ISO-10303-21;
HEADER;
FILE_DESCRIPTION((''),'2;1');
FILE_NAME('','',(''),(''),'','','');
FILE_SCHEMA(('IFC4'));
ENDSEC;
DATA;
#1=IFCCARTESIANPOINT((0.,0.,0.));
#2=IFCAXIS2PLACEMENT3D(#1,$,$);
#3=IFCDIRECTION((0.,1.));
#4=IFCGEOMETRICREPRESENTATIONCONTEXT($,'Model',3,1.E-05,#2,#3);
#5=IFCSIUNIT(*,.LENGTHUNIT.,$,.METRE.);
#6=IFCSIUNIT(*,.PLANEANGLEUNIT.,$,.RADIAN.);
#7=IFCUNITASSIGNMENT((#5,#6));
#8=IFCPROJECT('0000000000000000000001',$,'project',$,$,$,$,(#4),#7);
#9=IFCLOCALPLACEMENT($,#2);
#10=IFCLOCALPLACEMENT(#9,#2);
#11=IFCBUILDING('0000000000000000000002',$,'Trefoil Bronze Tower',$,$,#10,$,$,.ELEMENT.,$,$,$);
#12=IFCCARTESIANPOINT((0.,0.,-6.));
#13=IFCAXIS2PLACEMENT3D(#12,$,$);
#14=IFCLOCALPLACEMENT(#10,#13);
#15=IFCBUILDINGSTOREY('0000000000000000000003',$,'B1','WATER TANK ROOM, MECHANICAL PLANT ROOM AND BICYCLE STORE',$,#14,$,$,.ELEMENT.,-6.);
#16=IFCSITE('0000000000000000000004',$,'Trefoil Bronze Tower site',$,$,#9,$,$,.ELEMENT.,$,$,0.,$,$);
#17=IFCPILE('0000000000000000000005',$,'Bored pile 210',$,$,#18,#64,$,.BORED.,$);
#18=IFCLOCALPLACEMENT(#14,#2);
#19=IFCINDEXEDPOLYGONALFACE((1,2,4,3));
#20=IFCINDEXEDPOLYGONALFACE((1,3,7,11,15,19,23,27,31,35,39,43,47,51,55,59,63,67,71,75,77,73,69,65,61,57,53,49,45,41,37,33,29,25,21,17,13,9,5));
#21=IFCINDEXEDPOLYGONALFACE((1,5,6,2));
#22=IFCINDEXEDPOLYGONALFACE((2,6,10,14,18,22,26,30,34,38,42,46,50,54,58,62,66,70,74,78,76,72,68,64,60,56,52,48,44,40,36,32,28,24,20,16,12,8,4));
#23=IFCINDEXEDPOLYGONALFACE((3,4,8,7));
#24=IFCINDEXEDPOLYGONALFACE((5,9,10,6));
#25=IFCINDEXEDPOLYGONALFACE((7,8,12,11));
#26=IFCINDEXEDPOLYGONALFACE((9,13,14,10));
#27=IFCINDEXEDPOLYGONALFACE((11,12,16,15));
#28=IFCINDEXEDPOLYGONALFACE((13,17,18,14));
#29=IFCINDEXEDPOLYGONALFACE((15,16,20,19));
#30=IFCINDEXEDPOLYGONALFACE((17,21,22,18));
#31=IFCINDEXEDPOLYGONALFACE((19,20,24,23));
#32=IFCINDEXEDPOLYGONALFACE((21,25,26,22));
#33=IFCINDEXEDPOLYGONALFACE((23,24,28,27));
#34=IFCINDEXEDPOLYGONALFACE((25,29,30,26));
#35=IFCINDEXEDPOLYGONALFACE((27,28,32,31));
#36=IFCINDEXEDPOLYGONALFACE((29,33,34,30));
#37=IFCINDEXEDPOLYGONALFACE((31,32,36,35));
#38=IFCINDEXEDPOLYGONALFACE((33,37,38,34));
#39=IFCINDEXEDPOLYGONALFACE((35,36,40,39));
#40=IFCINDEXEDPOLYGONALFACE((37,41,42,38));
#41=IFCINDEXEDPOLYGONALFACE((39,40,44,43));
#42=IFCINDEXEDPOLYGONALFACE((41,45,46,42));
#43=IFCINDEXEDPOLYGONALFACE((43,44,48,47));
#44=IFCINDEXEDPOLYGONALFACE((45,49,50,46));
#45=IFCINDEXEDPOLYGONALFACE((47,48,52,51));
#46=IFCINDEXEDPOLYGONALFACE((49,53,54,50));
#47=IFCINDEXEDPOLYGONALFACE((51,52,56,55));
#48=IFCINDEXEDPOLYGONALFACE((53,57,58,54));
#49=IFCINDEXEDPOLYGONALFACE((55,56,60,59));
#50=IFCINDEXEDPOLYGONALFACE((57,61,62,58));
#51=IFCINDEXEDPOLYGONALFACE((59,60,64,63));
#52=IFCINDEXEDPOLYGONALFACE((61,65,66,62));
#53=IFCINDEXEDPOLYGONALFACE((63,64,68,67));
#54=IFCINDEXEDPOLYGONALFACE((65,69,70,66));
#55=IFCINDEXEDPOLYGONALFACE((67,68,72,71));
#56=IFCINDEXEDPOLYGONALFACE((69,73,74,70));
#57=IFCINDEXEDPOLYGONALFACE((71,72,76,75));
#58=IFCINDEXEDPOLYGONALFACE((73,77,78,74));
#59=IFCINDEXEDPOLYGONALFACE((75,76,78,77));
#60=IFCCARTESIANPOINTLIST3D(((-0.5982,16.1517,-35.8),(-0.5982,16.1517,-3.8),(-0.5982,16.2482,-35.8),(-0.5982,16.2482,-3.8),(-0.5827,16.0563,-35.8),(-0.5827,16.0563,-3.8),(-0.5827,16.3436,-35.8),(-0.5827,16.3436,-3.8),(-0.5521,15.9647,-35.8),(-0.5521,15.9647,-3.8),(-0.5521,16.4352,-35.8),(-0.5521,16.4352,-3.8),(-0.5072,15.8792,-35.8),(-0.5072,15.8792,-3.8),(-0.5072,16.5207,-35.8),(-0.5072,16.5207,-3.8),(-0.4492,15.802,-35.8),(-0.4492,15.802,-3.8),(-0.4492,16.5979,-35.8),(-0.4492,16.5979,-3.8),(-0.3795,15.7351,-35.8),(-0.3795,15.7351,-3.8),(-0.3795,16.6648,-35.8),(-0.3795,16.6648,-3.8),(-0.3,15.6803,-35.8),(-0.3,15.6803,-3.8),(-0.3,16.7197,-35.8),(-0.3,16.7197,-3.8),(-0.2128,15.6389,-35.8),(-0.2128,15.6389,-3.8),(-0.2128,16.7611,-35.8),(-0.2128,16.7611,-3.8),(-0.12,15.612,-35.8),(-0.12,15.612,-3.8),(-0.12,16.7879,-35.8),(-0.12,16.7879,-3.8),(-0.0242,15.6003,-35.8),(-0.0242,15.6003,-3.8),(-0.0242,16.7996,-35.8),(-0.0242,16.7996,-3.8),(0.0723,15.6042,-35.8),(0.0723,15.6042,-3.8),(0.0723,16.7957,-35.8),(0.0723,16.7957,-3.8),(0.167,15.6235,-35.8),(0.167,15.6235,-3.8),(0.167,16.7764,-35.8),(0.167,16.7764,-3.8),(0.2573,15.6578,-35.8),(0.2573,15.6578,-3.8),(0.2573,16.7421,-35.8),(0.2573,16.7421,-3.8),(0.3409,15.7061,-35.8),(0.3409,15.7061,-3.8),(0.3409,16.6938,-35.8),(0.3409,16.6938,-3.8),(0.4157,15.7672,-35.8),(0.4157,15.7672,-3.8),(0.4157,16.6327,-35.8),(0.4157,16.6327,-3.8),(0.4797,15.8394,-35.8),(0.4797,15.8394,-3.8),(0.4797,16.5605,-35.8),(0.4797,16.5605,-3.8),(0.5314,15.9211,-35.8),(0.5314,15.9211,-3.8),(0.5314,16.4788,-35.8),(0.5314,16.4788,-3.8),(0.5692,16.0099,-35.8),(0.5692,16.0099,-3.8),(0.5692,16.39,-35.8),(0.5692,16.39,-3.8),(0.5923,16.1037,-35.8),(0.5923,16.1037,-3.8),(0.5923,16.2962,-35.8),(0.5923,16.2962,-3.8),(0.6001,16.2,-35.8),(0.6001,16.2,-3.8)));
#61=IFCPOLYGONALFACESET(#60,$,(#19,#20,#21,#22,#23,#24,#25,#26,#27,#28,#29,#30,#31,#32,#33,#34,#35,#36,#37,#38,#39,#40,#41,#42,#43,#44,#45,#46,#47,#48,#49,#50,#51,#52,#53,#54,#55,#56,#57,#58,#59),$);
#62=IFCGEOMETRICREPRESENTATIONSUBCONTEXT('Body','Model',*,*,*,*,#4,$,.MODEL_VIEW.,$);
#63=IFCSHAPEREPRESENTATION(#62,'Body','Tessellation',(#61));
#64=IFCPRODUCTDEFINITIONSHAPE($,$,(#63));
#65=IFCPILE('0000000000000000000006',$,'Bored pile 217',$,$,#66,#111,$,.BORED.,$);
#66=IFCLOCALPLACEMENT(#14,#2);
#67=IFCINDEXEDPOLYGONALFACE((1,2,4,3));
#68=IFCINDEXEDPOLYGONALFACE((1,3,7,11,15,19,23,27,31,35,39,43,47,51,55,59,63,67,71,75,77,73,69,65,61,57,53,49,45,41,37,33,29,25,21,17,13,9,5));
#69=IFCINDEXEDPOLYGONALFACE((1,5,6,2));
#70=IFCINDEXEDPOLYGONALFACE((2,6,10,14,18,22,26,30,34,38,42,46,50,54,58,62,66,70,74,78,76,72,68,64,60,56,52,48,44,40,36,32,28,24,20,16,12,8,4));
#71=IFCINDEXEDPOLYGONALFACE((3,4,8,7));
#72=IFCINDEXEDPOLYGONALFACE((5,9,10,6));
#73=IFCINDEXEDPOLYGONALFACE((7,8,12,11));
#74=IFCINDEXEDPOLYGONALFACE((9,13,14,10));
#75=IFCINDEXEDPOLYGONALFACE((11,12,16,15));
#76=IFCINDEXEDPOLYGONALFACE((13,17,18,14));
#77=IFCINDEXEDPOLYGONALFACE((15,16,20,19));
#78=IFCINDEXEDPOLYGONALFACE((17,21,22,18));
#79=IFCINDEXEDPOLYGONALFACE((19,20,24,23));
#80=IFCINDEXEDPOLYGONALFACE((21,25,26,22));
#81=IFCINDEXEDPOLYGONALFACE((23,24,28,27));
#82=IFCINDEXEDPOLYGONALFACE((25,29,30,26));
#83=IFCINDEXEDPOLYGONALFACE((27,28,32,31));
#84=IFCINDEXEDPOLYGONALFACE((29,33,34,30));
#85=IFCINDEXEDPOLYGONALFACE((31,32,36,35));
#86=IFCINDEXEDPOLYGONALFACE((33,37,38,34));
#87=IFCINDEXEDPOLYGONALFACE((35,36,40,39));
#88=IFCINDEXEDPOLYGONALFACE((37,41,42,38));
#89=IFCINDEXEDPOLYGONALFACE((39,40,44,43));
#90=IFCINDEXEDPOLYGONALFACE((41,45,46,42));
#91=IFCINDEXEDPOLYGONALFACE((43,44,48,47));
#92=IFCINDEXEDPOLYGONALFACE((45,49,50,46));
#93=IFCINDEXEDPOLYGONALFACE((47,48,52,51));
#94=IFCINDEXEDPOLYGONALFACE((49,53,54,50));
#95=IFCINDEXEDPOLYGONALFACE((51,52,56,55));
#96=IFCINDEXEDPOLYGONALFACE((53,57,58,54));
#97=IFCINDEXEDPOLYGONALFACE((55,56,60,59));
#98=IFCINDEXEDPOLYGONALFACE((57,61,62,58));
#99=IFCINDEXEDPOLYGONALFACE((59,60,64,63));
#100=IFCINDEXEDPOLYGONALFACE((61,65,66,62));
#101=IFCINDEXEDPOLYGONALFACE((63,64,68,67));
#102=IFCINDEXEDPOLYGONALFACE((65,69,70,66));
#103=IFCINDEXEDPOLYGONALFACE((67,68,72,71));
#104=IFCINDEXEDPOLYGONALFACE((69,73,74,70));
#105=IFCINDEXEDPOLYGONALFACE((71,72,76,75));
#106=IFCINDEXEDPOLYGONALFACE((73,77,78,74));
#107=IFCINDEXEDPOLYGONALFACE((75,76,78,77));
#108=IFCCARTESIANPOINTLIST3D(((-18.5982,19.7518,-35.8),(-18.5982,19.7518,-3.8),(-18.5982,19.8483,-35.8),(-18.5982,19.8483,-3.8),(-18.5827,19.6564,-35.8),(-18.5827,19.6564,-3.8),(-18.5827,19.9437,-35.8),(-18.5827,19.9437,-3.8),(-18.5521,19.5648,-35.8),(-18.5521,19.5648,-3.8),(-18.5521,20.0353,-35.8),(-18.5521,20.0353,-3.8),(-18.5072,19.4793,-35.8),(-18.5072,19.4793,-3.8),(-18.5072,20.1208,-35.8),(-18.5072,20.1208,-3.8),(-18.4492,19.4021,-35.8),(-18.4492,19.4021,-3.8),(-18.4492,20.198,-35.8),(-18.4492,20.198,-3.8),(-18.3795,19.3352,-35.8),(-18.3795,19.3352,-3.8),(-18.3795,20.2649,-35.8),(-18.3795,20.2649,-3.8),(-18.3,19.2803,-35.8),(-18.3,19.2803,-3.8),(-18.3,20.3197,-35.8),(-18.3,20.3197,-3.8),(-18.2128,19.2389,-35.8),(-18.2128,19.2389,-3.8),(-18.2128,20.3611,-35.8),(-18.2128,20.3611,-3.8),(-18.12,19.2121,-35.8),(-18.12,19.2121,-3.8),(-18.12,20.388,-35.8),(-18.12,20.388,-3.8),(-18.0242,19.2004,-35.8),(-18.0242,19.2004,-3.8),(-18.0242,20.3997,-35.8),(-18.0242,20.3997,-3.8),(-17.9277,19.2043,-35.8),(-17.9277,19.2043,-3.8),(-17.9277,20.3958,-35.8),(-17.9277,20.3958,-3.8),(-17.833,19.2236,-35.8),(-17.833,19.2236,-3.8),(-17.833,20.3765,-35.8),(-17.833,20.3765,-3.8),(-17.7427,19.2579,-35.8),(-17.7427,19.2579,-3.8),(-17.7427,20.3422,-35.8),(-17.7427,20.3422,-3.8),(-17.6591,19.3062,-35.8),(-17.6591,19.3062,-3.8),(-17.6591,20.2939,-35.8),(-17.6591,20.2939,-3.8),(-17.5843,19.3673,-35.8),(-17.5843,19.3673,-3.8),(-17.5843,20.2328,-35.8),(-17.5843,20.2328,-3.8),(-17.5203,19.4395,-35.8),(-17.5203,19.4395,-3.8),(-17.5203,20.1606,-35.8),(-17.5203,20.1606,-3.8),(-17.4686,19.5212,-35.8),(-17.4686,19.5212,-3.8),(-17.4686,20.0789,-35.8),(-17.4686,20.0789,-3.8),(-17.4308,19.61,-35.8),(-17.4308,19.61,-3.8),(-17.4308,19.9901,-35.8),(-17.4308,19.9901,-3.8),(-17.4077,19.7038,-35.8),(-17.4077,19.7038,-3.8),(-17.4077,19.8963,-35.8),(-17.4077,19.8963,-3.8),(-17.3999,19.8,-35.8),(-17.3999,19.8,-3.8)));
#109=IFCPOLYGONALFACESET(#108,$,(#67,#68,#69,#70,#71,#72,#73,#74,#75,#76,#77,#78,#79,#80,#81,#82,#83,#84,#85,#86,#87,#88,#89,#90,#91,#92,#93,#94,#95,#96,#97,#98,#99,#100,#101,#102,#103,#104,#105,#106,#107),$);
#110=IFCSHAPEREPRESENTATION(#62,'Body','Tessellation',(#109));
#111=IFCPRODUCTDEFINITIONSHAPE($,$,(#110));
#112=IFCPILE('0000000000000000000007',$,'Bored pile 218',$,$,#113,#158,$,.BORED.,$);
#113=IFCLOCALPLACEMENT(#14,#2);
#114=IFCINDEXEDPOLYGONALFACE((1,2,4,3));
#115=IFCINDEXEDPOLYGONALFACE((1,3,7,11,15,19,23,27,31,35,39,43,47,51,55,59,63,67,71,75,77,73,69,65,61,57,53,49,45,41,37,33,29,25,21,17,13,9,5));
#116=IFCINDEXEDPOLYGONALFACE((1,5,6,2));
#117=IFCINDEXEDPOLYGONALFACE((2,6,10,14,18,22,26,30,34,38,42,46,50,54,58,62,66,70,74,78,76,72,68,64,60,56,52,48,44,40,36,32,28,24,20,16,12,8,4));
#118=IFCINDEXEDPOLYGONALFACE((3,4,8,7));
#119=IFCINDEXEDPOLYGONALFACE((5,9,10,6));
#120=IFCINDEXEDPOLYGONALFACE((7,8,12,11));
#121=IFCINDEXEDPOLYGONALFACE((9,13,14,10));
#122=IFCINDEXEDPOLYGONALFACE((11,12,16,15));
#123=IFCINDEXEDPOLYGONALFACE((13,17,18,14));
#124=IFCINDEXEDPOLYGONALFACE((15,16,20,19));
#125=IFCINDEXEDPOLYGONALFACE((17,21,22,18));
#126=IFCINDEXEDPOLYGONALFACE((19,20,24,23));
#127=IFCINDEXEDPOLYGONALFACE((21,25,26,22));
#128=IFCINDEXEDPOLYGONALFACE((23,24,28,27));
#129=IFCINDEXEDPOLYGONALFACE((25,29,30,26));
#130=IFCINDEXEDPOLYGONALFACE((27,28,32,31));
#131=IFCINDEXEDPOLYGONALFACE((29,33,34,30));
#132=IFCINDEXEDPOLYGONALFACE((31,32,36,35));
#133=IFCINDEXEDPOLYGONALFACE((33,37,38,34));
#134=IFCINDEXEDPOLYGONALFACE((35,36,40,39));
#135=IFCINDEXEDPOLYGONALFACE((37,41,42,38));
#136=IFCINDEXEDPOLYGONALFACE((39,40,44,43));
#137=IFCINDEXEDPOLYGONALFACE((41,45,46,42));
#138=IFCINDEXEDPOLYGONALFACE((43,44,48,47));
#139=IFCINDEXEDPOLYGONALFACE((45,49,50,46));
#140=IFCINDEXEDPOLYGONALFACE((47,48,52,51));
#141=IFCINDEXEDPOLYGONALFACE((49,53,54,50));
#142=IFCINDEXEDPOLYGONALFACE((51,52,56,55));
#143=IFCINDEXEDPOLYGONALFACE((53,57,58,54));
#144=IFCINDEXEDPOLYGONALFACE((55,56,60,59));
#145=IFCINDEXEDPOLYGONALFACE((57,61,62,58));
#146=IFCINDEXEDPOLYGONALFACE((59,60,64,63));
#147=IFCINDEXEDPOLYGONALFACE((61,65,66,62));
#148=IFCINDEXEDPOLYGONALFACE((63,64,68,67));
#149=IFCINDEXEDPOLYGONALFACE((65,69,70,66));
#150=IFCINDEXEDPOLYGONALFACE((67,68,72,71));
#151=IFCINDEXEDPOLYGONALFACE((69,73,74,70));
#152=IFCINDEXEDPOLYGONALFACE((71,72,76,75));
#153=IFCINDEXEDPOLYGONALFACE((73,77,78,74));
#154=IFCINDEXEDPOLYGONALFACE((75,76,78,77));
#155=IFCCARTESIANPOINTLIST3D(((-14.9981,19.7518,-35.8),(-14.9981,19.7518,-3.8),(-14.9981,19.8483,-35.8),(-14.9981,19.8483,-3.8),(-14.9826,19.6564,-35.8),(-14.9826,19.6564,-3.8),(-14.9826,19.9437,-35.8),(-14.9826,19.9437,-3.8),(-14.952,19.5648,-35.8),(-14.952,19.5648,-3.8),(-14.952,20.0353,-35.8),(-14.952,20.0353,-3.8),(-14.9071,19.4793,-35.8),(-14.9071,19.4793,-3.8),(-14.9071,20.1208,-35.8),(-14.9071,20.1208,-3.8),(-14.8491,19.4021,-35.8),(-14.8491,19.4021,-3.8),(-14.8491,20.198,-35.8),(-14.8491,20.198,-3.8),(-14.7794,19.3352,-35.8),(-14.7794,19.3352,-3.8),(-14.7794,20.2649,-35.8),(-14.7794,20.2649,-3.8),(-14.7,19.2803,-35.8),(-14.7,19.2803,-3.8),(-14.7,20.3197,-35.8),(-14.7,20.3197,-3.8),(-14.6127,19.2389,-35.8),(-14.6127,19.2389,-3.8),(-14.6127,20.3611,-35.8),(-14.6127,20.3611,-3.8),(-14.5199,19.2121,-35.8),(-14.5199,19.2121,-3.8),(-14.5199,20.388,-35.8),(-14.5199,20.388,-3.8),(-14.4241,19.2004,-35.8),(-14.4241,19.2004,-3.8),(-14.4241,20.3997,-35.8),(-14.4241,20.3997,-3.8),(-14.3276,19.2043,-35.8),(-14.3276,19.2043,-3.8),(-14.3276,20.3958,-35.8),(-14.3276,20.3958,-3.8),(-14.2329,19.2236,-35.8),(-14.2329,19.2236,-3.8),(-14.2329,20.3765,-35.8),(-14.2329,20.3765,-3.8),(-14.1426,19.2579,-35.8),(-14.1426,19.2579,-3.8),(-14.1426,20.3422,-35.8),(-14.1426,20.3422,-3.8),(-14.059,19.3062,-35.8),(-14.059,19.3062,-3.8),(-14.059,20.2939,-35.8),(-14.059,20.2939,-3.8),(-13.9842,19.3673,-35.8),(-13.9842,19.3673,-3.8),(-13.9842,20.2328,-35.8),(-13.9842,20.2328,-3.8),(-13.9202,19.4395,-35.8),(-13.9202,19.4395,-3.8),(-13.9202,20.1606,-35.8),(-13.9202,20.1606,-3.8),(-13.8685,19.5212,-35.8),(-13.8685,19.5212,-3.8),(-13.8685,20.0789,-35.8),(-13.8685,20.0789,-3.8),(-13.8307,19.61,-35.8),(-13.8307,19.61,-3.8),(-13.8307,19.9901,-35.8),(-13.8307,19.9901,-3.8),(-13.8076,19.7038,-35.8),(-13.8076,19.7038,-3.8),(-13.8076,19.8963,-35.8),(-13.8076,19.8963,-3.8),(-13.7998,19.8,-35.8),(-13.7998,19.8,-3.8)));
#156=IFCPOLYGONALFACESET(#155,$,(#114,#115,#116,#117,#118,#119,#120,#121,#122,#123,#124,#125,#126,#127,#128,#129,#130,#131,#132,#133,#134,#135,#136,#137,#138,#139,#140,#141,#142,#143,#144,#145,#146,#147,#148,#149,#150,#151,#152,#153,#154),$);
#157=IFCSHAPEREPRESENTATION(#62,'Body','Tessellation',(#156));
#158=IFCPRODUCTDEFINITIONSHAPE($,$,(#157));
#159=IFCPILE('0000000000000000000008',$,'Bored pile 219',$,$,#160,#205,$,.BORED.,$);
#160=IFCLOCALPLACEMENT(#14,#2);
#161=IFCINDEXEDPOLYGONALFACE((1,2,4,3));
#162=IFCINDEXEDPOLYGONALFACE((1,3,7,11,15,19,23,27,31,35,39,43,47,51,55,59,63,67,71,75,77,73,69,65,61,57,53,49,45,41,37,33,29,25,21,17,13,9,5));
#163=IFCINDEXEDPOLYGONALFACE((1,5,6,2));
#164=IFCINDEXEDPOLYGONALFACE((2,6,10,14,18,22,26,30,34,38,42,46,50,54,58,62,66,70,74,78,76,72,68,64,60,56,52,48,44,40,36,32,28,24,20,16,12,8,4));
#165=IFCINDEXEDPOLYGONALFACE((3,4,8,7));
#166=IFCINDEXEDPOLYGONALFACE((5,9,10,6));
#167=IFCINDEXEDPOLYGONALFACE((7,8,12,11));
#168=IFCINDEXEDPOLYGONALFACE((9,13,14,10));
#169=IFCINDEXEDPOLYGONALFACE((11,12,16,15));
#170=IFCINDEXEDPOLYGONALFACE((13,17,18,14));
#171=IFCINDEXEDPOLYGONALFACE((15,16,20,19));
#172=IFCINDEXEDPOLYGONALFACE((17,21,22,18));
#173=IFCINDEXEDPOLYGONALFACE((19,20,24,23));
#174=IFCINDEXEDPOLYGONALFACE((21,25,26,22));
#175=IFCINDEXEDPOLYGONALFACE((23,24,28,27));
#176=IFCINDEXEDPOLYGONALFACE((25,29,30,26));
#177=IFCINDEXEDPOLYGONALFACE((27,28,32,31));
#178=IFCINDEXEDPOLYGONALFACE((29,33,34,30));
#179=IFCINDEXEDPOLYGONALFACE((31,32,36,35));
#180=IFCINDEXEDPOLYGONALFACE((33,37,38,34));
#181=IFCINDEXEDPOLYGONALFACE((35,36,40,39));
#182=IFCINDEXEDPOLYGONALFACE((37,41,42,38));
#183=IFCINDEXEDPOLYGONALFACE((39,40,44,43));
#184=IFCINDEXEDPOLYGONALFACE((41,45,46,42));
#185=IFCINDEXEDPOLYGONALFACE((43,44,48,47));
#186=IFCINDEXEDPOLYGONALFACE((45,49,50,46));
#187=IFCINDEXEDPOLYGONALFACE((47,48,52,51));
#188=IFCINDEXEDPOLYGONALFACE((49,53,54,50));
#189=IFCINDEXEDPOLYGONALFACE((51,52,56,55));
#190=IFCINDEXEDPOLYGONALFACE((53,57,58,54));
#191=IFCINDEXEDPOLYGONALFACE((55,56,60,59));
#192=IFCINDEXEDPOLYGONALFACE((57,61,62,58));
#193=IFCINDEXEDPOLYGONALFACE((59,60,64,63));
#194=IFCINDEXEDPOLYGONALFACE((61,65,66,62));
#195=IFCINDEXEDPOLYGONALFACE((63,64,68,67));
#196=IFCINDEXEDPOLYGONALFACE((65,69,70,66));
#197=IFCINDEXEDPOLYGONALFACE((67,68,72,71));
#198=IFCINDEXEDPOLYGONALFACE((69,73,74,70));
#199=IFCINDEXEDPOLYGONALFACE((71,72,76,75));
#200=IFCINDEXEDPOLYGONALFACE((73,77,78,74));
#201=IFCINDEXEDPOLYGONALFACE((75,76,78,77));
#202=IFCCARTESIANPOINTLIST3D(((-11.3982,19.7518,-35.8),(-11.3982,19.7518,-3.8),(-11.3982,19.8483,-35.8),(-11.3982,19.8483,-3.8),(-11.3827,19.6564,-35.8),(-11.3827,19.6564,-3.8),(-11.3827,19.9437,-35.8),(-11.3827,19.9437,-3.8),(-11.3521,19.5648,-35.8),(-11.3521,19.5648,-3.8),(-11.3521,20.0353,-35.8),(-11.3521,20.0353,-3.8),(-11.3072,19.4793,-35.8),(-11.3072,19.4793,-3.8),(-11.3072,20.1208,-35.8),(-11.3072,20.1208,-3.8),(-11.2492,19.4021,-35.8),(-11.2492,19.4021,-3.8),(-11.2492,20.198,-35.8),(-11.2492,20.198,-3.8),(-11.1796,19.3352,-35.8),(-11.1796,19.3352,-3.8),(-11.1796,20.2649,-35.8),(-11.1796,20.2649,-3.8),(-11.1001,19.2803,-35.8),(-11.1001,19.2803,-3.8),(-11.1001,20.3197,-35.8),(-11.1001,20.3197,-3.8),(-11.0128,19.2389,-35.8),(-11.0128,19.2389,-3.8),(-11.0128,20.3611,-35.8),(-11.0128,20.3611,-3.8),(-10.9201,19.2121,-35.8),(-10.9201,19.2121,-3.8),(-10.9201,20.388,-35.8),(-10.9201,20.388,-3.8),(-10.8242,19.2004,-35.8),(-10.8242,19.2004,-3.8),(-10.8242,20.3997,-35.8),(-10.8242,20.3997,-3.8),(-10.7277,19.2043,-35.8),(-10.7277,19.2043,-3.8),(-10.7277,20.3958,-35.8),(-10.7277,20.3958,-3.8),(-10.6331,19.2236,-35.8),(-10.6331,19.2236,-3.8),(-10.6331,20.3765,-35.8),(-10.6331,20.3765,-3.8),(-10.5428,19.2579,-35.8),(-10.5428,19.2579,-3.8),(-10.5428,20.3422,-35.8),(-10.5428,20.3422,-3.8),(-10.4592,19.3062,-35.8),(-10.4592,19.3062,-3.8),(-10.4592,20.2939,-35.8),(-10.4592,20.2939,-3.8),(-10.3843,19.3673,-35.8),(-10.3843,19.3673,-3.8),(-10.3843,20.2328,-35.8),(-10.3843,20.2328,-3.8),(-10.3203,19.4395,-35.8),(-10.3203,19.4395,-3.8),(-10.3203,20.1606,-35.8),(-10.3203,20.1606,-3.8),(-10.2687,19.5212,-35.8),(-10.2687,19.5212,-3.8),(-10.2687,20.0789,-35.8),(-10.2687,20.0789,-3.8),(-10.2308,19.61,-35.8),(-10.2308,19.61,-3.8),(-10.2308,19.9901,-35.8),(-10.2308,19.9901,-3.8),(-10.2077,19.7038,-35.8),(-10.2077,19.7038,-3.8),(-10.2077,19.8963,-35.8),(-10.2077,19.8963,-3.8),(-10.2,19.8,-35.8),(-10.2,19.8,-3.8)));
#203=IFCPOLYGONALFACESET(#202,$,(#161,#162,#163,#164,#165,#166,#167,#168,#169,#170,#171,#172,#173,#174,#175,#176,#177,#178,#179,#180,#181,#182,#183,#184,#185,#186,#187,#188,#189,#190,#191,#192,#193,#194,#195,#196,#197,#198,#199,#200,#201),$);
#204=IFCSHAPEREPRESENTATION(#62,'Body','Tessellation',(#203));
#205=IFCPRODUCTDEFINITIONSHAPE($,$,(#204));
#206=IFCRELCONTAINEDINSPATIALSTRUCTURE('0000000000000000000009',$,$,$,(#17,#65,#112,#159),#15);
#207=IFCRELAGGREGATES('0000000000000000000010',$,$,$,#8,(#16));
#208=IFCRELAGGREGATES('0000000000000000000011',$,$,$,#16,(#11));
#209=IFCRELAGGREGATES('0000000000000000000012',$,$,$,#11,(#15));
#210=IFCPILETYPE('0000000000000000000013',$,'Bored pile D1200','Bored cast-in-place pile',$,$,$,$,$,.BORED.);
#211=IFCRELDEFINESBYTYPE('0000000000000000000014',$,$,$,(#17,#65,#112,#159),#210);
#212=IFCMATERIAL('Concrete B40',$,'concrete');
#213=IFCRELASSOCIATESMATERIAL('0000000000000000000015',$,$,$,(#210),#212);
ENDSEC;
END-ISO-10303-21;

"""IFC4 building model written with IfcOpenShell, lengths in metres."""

from ifc_helpers import new_model, si_unit, direction, frame, origin, origin_2d, place, context, subcontext, project, spatial, circle, extrude, material, type_object, element, save


model = new_model("IFC4")

# Units and contexts
model_context = context("Model", 3, precision=1e-05, world=origin(), true_north=direction((0.0, 1.0)))
body_context = subcontext(model_context, "Body", "Model", "MODEL_VIEW")
ifc_project = project(units=[si_unit("LENGTHUNIT", "METRE"), si_unit("PLANEANGLEUNIT", "RADIAN")], contexts=[model_context])

# Site, building, storey
site_placement = place(None, origin())
site = spatial("IfcSite", under=ifc_project, at=site_placement, Name="Trefoil Bronze Tower site", CompositionType="ELEMENT", RefElevation=0.0)
building_placement = place(site_placement, origin())
building = spatial("IfcBuilding", under=site, at=building_placement, Name="Trefoil Bronze Tower", CompositionType="ELEMENT")
storey_placement = place(building_placement, frame((0.0, 0.0, -6.0)))
storey = spatial("IfcBuildingStorey", under=building, at=storey_placement, Name="B1", Description="WATER TANK ROOM, MECHANICAL PLANT ROOM AND BICYCLE STORE", CompositionType="ELEMENT", Elevation=-6.0)

# Piles
ifc_material_1 = material(Name="Concrete B40", Category="concrete")
pile_type = type_object("IfcPileType", Name="Bored pile D1200", Description="Bored cast-in-place pile", PredefinedType="BORED", material=ifc_material_1)
for number, where, z_axis, x_axis, name in (
    (1, (0.0, 16.2, -3.8), (0.0, 0.0, -1.0), (1.0, 0.0, 0.0), "Bored pile 210"),
    (2, (-18.0, 19.8, -3.8), (0.0, 0.0, -1.0), (1.0, 0.0, 0.0), "Bored pile 217"),
    (3, (-14.3999, 19.8, -3.8), (0.0, 0.0, -1.0), (1.0, 0.0, 0.0), "Bored pile 218"),
    (4, (-10.8, 19.8, -3.8), (0.0, 0.0, -1.0), (1.0, 0.0, 0.0), "Bored pile 219"),
):
    element("IfcPile", number, at=place(storey_placement, frame(where, z_axis=z_axis, x_axis=x_axis)), inside=storey, type_object=pile_type, Name=name, PredefinedType="BORED", context=body_context, shape_type="SweptSolid", body=[
        extrude(circle(Radius=0.6001, at=origin_2d()), origin(), (0.0, 0.0, 1.0), 32.0),
    ])

save(model, "model.ifc")
